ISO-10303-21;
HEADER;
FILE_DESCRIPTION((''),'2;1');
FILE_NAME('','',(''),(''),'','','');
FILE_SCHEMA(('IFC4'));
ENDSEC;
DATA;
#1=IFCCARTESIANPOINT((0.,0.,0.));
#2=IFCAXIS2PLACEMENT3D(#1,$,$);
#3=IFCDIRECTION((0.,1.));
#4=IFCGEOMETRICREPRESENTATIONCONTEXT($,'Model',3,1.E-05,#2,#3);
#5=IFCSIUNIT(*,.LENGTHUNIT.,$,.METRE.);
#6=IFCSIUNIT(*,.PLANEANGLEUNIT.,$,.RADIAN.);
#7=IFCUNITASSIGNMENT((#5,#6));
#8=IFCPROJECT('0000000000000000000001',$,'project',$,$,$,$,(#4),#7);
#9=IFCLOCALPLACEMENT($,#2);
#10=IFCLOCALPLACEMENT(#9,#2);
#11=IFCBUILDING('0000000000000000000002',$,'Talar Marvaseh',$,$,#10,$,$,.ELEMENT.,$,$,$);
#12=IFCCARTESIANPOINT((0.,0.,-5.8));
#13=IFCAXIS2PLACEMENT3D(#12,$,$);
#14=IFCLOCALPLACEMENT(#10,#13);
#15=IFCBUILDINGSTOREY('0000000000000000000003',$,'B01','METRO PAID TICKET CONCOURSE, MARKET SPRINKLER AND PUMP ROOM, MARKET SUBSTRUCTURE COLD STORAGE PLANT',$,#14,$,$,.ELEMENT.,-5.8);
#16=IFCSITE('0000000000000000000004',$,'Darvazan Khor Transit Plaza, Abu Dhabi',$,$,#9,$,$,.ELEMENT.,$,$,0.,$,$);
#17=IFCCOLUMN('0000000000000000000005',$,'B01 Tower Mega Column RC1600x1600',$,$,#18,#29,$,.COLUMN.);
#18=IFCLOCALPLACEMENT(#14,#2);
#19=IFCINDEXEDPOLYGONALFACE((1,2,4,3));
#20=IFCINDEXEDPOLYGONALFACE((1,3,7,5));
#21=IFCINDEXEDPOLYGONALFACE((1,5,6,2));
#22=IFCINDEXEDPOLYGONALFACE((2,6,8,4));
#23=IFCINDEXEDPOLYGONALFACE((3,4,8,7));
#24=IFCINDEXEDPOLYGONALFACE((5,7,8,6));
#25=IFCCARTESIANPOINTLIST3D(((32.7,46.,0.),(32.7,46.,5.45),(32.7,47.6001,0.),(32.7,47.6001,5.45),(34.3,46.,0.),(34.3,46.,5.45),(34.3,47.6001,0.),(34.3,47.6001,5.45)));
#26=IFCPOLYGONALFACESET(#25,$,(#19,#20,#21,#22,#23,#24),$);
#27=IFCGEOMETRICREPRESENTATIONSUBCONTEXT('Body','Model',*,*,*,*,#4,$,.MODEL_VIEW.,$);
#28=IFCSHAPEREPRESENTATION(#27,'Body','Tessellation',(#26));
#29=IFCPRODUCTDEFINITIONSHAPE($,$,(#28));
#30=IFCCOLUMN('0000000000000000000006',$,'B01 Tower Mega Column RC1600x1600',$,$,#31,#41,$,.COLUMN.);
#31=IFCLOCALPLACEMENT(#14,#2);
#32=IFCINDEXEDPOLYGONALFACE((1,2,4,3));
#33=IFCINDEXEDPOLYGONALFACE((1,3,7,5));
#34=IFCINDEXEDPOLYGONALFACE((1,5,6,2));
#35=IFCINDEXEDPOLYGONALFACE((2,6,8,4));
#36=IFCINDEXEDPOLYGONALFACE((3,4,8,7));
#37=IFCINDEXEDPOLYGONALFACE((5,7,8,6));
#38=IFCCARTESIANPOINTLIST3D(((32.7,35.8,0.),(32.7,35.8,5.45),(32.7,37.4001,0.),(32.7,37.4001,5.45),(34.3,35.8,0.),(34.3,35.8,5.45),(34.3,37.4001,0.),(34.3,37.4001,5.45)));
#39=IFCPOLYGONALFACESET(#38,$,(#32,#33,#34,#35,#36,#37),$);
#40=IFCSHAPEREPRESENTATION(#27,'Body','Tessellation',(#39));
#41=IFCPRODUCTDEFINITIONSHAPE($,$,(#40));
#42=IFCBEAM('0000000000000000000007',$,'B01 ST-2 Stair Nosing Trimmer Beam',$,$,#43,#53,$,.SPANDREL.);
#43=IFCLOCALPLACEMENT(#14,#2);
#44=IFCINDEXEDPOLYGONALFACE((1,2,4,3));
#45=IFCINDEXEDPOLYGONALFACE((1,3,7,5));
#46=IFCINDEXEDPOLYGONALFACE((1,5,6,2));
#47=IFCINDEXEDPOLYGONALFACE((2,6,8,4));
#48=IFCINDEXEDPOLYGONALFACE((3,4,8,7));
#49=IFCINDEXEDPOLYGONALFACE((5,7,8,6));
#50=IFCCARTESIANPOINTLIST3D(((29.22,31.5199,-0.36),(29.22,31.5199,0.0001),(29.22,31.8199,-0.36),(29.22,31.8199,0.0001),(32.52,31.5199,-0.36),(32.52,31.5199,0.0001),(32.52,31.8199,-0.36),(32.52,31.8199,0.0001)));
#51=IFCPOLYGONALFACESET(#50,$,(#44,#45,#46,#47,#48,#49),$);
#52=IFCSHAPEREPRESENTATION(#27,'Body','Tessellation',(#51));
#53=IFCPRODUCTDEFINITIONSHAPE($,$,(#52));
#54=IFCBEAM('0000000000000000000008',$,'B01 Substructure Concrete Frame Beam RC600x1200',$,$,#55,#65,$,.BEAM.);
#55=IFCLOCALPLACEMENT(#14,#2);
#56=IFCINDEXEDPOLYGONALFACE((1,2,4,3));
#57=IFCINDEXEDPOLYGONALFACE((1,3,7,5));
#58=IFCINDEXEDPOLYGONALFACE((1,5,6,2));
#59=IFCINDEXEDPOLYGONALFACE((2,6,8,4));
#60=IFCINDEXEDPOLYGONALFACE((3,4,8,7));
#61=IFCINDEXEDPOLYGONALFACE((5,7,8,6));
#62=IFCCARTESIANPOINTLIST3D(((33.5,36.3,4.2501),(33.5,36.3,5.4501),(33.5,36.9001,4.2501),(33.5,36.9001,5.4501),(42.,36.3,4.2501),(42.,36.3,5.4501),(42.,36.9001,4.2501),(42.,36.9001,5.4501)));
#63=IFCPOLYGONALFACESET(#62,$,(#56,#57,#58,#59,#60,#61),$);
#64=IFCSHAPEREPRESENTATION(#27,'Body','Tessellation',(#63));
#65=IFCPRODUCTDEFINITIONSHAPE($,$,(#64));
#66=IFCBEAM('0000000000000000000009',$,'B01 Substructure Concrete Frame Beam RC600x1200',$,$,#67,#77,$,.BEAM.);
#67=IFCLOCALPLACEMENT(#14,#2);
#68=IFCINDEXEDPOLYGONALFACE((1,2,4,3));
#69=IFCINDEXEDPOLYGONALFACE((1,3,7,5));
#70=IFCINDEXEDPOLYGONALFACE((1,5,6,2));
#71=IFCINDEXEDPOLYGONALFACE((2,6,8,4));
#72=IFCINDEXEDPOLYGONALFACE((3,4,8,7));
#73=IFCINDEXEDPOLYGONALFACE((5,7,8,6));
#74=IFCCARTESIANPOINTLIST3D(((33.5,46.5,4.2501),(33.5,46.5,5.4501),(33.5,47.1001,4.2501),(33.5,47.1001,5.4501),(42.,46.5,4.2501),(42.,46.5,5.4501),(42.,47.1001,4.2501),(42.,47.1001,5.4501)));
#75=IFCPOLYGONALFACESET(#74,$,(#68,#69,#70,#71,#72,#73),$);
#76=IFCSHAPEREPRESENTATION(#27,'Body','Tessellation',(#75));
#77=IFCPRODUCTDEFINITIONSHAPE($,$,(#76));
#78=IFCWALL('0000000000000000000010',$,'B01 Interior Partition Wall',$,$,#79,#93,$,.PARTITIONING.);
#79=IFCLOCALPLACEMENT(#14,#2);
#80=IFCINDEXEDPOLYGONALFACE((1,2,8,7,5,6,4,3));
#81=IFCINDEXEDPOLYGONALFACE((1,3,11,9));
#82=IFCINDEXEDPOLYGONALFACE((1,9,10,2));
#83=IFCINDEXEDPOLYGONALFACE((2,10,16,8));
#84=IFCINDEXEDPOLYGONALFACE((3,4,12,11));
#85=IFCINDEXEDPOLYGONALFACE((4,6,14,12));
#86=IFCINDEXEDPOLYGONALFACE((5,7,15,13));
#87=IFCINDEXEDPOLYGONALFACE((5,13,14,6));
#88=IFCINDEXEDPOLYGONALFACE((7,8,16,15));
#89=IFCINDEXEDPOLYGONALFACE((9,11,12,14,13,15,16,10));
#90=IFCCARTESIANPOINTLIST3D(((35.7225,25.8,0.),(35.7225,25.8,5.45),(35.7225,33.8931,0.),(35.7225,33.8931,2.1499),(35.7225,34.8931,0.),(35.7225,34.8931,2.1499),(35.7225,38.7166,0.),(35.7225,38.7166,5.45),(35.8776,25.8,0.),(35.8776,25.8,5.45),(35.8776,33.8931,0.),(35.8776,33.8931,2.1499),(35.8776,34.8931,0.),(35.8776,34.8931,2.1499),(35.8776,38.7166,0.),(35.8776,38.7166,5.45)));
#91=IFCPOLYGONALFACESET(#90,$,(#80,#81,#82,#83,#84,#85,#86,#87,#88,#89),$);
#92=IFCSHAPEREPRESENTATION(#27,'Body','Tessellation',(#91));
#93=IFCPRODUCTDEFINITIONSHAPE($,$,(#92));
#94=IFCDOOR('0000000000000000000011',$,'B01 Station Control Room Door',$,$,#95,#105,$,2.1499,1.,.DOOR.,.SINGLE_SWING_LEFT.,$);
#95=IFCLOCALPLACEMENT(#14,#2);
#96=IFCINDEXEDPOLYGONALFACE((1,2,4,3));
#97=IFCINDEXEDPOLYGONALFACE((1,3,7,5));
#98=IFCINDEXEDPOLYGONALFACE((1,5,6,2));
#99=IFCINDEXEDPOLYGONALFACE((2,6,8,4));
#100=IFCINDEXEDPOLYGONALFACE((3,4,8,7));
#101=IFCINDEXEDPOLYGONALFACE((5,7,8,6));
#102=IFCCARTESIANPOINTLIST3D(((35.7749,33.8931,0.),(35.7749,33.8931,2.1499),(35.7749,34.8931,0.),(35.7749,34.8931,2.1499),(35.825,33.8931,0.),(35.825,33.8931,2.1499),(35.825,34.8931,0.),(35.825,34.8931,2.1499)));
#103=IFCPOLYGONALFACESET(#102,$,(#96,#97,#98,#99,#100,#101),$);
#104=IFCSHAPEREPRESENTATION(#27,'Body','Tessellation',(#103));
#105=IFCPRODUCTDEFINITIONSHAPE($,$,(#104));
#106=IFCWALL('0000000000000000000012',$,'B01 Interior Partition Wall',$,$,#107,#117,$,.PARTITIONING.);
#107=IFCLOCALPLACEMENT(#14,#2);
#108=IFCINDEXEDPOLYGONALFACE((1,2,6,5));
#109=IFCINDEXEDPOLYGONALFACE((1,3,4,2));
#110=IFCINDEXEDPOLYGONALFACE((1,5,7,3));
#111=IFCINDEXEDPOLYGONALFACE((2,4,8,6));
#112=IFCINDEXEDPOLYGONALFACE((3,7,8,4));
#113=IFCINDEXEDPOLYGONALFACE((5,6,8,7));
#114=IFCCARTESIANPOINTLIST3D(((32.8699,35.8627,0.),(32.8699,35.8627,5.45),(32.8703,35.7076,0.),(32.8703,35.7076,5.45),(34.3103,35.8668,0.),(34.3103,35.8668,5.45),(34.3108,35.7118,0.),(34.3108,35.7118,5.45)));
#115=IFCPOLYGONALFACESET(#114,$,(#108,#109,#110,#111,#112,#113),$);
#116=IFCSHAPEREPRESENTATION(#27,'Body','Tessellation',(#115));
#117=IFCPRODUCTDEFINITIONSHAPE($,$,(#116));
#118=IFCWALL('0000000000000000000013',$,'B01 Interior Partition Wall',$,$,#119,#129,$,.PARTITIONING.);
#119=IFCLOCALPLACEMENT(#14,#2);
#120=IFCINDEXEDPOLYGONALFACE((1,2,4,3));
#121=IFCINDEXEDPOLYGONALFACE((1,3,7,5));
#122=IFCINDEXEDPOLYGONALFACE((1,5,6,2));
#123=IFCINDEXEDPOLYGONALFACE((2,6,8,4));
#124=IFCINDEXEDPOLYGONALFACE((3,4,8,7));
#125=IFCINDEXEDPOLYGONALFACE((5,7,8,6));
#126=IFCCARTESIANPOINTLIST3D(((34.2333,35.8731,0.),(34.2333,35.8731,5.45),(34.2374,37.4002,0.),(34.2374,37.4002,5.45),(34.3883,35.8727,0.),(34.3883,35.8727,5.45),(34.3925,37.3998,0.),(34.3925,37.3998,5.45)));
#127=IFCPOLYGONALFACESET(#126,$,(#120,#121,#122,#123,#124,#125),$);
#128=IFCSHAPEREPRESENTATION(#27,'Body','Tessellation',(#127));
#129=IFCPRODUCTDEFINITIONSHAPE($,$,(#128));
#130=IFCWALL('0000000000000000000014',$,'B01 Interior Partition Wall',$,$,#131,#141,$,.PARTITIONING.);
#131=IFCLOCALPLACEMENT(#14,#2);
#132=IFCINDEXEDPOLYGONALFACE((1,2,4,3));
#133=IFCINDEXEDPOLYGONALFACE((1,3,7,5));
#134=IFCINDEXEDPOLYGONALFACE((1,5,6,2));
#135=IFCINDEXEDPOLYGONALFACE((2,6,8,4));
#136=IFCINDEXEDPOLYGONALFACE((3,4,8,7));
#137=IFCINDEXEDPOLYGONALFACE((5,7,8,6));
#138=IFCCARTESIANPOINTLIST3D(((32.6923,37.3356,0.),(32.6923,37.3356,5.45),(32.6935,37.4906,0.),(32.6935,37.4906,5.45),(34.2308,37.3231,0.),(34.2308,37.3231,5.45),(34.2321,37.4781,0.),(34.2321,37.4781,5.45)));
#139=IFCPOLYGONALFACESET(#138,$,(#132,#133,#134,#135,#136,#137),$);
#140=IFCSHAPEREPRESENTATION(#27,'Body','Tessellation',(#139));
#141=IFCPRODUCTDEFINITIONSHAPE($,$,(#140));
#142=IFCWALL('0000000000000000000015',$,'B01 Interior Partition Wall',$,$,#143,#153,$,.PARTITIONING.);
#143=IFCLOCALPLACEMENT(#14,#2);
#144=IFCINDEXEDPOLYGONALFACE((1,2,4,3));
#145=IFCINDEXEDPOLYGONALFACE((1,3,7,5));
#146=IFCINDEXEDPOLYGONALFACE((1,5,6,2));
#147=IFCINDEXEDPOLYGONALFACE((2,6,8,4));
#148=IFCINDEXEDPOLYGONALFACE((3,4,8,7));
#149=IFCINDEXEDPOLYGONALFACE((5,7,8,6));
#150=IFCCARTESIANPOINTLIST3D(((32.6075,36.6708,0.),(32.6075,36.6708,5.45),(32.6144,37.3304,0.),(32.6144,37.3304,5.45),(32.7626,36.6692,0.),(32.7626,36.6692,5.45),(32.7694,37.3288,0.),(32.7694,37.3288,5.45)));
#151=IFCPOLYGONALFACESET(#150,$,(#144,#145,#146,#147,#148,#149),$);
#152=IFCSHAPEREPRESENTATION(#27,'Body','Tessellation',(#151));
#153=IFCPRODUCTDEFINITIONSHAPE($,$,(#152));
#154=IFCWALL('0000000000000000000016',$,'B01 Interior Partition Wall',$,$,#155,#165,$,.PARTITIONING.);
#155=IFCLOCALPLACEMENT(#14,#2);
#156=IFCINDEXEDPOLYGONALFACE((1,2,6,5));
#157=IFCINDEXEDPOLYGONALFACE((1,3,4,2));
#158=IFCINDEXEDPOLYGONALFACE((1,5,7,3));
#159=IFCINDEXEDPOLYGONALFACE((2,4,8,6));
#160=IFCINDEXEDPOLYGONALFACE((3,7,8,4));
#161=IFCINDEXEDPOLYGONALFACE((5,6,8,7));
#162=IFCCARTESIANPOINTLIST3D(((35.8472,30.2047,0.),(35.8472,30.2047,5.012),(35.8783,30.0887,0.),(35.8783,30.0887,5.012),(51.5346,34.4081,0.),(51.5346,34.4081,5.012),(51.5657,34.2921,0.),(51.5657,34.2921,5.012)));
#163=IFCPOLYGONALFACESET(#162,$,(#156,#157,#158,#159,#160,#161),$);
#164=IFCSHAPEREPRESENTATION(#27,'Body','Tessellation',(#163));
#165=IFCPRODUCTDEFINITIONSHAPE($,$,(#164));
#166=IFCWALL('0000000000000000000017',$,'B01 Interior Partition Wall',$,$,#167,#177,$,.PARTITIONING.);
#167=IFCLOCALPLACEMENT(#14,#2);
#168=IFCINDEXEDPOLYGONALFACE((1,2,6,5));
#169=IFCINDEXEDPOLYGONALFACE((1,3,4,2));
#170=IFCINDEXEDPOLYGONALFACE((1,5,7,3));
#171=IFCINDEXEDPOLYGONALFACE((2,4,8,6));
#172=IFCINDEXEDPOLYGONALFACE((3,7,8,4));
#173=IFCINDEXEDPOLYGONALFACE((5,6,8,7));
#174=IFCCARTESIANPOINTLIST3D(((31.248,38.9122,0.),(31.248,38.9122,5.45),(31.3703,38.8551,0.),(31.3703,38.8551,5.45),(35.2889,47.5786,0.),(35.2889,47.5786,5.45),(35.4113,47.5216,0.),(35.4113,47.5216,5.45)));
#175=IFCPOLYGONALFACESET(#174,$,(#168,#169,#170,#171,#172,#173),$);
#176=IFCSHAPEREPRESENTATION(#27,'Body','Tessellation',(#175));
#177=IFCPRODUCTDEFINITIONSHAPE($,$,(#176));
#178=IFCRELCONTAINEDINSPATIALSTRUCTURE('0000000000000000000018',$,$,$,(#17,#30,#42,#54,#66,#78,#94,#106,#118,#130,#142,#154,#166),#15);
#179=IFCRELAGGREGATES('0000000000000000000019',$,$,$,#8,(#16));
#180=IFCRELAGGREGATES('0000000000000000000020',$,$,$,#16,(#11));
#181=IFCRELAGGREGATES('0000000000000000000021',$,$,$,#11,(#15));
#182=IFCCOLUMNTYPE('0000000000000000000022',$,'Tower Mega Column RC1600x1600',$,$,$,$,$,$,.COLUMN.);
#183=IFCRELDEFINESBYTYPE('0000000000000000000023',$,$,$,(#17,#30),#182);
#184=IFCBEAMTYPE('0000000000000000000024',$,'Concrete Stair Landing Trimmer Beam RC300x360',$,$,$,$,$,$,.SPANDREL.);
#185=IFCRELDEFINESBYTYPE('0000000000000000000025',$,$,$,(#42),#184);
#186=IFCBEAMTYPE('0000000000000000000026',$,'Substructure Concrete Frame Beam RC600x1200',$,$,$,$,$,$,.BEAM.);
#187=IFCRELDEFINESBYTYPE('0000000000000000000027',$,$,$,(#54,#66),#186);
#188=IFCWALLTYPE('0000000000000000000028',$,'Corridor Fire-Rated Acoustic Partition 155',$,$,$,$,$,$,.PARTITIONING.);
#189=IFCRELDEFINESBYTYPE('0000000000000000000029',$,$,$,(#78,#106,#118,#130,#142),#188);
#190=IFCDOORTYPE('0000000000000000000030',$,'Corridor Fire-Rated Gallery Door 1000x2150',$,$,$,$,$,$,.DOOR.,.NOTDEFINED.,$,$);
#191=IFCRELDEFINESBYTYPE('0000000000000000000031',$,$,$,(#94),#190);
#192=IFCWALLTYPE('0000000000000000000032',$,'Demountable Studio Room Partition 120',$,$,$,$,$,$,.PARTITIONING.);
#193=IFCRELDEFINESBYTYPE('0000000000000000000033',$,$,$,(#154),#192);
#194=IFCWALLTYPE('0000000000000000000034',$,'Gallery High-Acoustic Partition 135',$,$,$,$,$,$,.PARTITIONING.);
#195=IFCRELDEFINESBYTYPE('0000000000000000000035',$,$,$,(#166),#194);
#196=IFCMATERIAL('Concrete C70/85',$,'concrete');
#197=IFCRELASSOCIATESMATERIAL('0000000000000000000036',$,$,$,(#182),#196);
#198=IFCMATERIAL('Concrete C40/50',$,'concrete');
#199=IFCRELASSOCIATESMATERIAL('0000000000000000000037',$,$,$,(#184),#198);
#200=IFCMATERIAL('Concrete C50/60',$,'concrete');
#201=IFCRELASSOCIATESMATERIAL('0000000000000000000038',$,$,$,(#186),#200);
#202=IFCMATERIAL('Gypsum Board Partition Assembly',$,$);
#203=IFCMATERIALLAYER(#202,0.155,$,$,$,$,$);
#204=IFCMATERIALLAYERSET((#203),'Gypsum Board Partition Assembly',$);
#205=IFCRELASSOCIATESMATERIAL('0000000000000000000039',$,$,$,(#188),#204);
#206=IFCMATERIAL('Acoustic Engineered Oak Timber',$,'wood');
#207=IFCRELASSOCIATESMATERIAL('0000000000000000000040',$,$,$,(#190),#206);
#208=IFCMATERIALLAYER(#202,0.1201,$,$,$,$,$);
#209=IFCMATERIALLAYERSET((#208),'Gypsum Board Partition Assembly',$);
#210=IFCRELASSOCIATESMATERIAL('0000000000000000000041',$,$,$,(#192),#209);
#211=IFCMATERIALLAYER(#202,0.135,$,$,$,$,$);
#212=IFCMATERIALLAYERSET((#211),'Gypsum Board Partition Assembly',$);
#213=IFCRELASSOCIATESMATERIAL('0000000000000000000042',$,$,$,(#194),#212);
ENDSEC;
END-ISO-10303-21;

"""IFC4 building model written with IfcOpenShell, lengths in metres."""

from ifc_helpers import new_model, si_unit, direction, frame, frame_2d, origin, origin_2d, place, context, subcontext, project, spatial, rectangle, extrude, source, transform, mapped, material, layer, layer_set, material_profile, profile_set, type_object, type_shapes, element, fill, save


model = new_model("IFC4")

# Units and contexts
model_context = context("Model", 3, precision=1e-05, world=origin(), true_north=direction((0.0, 1.0)))
body_context = subcontext(model_context, "Body", "Model", "MODEL_VIEW")
ifc_project = project(units=[si_unit("LENGTHUNIT", "METRE"), si_unit("PLANEANGLEUNIT", "RADIAN")], contexts=[model_context])

# Site, building, storey
site_placement = place(None, origin())
site = spatial("IfcSite", under=ifc_project, at=site_placement, Name="Darvazan Khor Transit Plaza, Abu Dhabi", CompositionType="ELEMENT", RefElevation=0.0)
building_placement = place(site_placement, origin())
building = spatial("IfcBuilding", under=site, at=building_placement, Name="Talar Marvaseh", CompositionType="ELEMENT")
storey_placement = place(building_placement, frame((0.0, 0.0, -5.8)))
storey = spatial("IfcBuildingStorey", under=building, at=storey_placement, Name="B01", Description="METRO PAID TICKET CONCOURSE, MARKET SPRINKLER AND PUMP ROOM, MARKET SUBSTRUCTURE COLD STORAGE PLANT", CompositionType="ELEMENT", Elevation=-5.8)

# Columns
ifc_material_1 = material(Name="Concrete C70/85", Category="concrete")
ifc_material_profile_1 = material_profile(ifc_material_1, rectangle(XDim=1.6001, YDim=1.6001, at=origin_2d()), Name="RC1600x1600")
ifc_profile_set_1 = profile_set([ifc_material_profile_1], Name="Concrete C70/85")
column_type = type_object("IfcColumnType", Name="Tower Mega Column RC1600x1600", PredefinedType="COLUMN", material=ifc_profile_set_1)
for number, where, z_axis, x_axis, name in (
    (1, (33.5, 46.8, 0.0), (0.0, 0.0, 1.0), (1.0, 0.0, 0.0), "B01 Tower Mega Column RC1600x1600"),
    (2, (33.5, 36.6001, 0.0), (0.0, 0.0, 1.0), (1.0, 0.0, 0.0), "B01 Tower Mega Column RC1600x1600"),
):
    element("IfcColumn", number, at=place(storey_placement, frame(where, z_axis=z_axis, x_axis=x_axis)), inside=storey, type_object=column_type, Name=name, PredefinedType="COLUMN", context=body_context, shape_type="SweptSolid", body=[
        extrude(rectangle(XDim=1.6001, YDim=1.6001, at=origin_2d()), origin(), (0.0, 0.0, 1.0), 5.45),
    ])

# Beams
ifc_material_2 = material(Name="Concrete C40/50", Category="concrete")
ifc_material_profile_2 = material_profile(ifc_material_2, rectangle(XDim=0.3, YDim=0.3601, at=origin_2d()), Name="RC300x360")
ifc_profile_set_2 = profile_set([ifc_material_profile_2], Name="Concrete C40/50")
beam_type_1 = type_object("IfcBeamType", Name="Concrete Stair Landing Trimmer Beam RC300x360", PredefinedType="SPANDREL", material=ifc_profile_set_2)
beam_placement = place(storey_placement, frame((29.22, 31.6699, -0.1799), z_axis=(1.0, 0.0, 0.0), x_axis=(0.0, 1.0, 0.0)))
element("IfcBeam", 3, at=beam_placement, inside=storey, type_object=beam_type_1, Name="B01 ST-2 Stair Nosing Trimmer Beam", PredefinedType="SPANDREL", context=body_context, shape_type="SweptSolid", body=[
    extrude(rectangle(XDim=0.3, YDim=0.3601, at=origin_2d()), origin(), (0.0, 0.0, 1.0), 3.3),
])
ifc_material_3 = material(Name="Concrete C50/60", Category="concrete")
ifc_material_profile_3 = material_profile(ifc_material_3, rectangle(XDim=0.6001, YDim=1.2, at=origin_2d()), Name="RC600x1200")
ifc_profile_set_3 = profile_set([ifc_material_profile_3], Name="Concrete C50/60")
beam_type_2 = type_object("IfcBeamType", Name="Substructure Concrete Frame Beam RC600x1200", PredefinedType="BEAM", material=ifc_profile_set_3)
for number, where, z_axis, x_axis, name in (
    (4, (33.5, 36.6001, 4.8501), (1.0, 0.0, 0.0), (0.0, 1.0, 0.0), "B01 Substructure Concrete Frame Beam RC600x1200"),
    (5, (33.5, 46.8, 4.8501), (1.0, 0.0, 0.0), (0.0, 1.0, 0.0), "B01 Substructure Concrete Frame Beam RC600x1200"),
):
    element("IfcBeam", number, at=place(storey_placement, frame(where, z_axis=z_axis, x_axis=x_axis)), inside=storey, type_object=beam_type_2, Name=name, PredefinedType="BEAM", context=body_context, shape_type="SweptSolid", body=[
        extrude(rectangle(XDim=0.6001, YDim=1.2, at=origin_2d()), origin(), (0.0, 0.0, 1.0), 8.5),
    ])

# Wall, opening, door
ifc_material_4 = material(Name="Gypsum Board Partition Assembly")
ifc_layer_1 = layer(ifc_material_4, 0.155)
ifc_layer_set_1 = layer_set([ifc_layer_1], Name="Gypsum Board Partition Assembly")
wall_type_1 = type_object("IfcWallType", Name="Corridor Fire-Rated Acoustic Partition 155", PredefinedType="PARTITIONING", material=ifc_layer_set_1)
wall_1_placement = place(storey_placement, frame((35.8, 38.7166, 0.0), z_axis=(0.0, 0.0, 1.0), x_axis=(0.0, -1.0, 0.0)))
wall_1 = element("IfcWall", 6, at=wall_1_placement, inside=storey, type_object=wall_type_1, Name="B01 Interior Partition Wall", PredefinedType="PARTITIONING", context=body_context, shape_type="SweptSolid", body=[
    extrude(rectangle(XDim=12.9165, YDim=0.155, at=frame_2d((6.4583, 0.0))), origin(), (0.0, 0.0, 1.0), 5.45),
])
opening_1_placement = place(wall_1_placement, frame((3.8235, 0.0, 0.0)))
opening_1 = element("IfcOpeningElement", 7, at=opening_1_placement, cuts=wall_1, PredefinedType="OPENING", context=body_context, shape_type="SweptSolid", body=[
    extrude(rectangle(XDim=1.0, YDim=2.1499, at=frame_2d((0.5, 1.075))), frame((0.0, 0.0874, 0.0), z_axis=(0.0, -1.0, 0.0), x_axis=(1.0, 0.0, 0.0)), (0.0, 0.0, 1.0), 0.175),
])
ifc_material_5 = material(Name="Acoustic Engineered Oak Timber", Category="wood")
door_type_1 = type_object("IfcDoorType", Name="Corridor Fire-Rated Gallery Door 1000x2150", OperationType="NOTDEFINED", PredefinedType="DOOR", material=ifc_material_5)
shared_shape_1 = source(origin(), body_context, "Body", "SweptSolid", [
    extrude(rectangle(XDim=1.0, YDim=2.1499, at=frame_2d((0.5, 1.075))), frame((0.0, 0.0249, 0.0), z_axis=(0.0, -1.0, 0.0), x_axis=(1.0, 0.0, 0.0)), (0.0, 0.0, 1.0), 0.05),
])
type_shapes(door_type_1, [shared_shape_1])
door_1_placement = place(opening_1_placement, origin())
door_1 = element("IfcDoor", 8, at=door_1_placement, inside=storey, type_object=door_type_1, Name="B01 Station Control Room Door", OperationType="SINGLE_SWING_LEFT", OverallHeight=2.1499, OverallWidth=1.0, PredefinedType="DOOR", context=body_context, shape_type="MappedRepresentation", body=[
    mapped(shared_shape_1, transform((0.0, 0.0, 0.0), x_axis=(1.0, 0.0, 0.0), y_axis=(0.0, 1.0, 0.0), z_axis=(0.0, 0.0, 1.0), scale=1.0)),
])
fill(opening_1, door_1)

# Walls
wall_2_placement = place(storey_placement, frame((32.8701, 35.7852, 0.0), z_axis=(0.0, 0.0, 1.0), x_axis=(0.999996, 0.002881, 0.0)))
element("IfcWall", 9, at=wall_2_placement, inside=storey, type_object=wall_type_1, Name="B01 Interior Partition Wall", PredefinedType="PARTITIONING", context=body_context, shape_type="SweptSolid", body=[
    extrude(rectangle(XDim=1.4404, YDim=0.155, at=frame_2d((0.7202, 0.0))), origin(), (0.0, 0.0, 1.0), 5.45),
])
wall_3_placement = place(storey_placement, frame((34.3108, 35.8728, 0.0), z_axis=(0.0, 0.0, 1.0), x_axis=(0.002718, 0.999996, 0.0)))
element("IfcWall", 10, at=wall_3_placement, inside=storey, type_object=wall_type_1, Name="B01 Interior Partition Wall", PredefinedType="PARTITIONING", context=body_context, shape_type="SweptSolid", body=[
    extrude(rectangle(XDim=1.5271, YDim=0.155, at=frame_2d((0.7637, 0.0))), origin(), (0.0, 0.0, 1.0), 5.45),
])
wall_4_placement = place(storey_placement, frame((34.2314, 37.4006, 0.0), z_axis=(0.0, 0.0, 1.0), x_axis=(-0.999967, 0.008092, 0.0)))
element("IfcWall", 11, at=wall_4_placement, inside=storey, type_object=wall_type_1, Name="B01 Interior Partition Wall", PredefinedType="PARTITIONING", context=body_context, shape_type="SweptSolid", body=[
    extrude(rectangle(XDim=1.5386, YDim=0.155, at=frame_2d((0.7693, 0.0))), origin(), (0.0, 0.0, 1.0), 5.45),
])
wall_5_placement = place(storey_placement, frame((32.6919, 37.3296, 0.0), z_axis=(0.0, 0.0, 1.0), x_axis=(-0.010362, -0.999946, 0.0)))
element("IfcWall", 12, at=wall_5_placement, inside=storey, type_object=wall_type_1, Name="B01 Interior Partition Wall", PredefinedType="PARTITIONING", context=body_context, shape_type="SweptSolid", body=[
    extrude(rectangle(XDim=0.6597, YDim=0.155, at=frame_2d((0.3298, 0.0))), origin(), (0.0, 0.0, 1.0), 5.45),
])
ifc_layer_2 = layer(ifc_material_4, 0.1201)
ifc_layer_set_2 = layer_set([ifc_layer_2], Name="Gypsum Board Partition Assembly")
wall_type_2 = type_object("IfcWallType", Name="Demountable Studio Room Partition 120", PredefinedType="PARTITIONING", material=ifc_layer_set_2)
wall_6_placement = place(storey_placement, frame((35.8628, 30.1467, 0.0), z_axis=(0.0, 0.0, 1.0), x_axis=(0.965926, 0.258818, 0.0)))
element("IfcWall", 13, at=wall_6_placement, inside=storey, type_object=wall_type_2, Name="B01 Interior Partition Wall", PredefinedType="PARTITIONING", context=body_context, shape_type="SweptSolid", body=[
    extrude(rectangle(XDim=16.2407, YDim=0.1201, at=frame_2d((8.1204, 0.0))), origin(), (0.0, 0.0, 1.0), 5.012),
])
ifc_layer_3 = layer(ifc_material_4, 0.135)
ifc_layer_set_3 = layer_set([ifc_layer_3], Name="Gypsum Board Partition Assembly")
wall_type_3 = type_object("IfcWallType", Name="Gallery High-Acoustic Partition 135", PredefinedType="PARTITIONING", material=ifc_layer_set_3)
wall_7_placement = place(storey_placement, frame((31.3091, 38.8835, 0.0), z_axis=(0.0, 0.0, 1.0), x_axis=(0.422598, 0.906317, 0.0)))
element("IfcWall", 14, at=wall_7_placement, inside=storey, type_object=wall_type_3, Name="B01 Interior Partition Wall", PredefinedType="PARTITIONING", context=body_context, shape_type="SweptSolid", body=[
    extrude(rectangle(XDim=9.5623, YDim=0.135, at=frame_2d((4.7812, 0.0))), origin(), (0.0, 0.0, 1.0), 5.45),
])

save(model, "model.ifc")
